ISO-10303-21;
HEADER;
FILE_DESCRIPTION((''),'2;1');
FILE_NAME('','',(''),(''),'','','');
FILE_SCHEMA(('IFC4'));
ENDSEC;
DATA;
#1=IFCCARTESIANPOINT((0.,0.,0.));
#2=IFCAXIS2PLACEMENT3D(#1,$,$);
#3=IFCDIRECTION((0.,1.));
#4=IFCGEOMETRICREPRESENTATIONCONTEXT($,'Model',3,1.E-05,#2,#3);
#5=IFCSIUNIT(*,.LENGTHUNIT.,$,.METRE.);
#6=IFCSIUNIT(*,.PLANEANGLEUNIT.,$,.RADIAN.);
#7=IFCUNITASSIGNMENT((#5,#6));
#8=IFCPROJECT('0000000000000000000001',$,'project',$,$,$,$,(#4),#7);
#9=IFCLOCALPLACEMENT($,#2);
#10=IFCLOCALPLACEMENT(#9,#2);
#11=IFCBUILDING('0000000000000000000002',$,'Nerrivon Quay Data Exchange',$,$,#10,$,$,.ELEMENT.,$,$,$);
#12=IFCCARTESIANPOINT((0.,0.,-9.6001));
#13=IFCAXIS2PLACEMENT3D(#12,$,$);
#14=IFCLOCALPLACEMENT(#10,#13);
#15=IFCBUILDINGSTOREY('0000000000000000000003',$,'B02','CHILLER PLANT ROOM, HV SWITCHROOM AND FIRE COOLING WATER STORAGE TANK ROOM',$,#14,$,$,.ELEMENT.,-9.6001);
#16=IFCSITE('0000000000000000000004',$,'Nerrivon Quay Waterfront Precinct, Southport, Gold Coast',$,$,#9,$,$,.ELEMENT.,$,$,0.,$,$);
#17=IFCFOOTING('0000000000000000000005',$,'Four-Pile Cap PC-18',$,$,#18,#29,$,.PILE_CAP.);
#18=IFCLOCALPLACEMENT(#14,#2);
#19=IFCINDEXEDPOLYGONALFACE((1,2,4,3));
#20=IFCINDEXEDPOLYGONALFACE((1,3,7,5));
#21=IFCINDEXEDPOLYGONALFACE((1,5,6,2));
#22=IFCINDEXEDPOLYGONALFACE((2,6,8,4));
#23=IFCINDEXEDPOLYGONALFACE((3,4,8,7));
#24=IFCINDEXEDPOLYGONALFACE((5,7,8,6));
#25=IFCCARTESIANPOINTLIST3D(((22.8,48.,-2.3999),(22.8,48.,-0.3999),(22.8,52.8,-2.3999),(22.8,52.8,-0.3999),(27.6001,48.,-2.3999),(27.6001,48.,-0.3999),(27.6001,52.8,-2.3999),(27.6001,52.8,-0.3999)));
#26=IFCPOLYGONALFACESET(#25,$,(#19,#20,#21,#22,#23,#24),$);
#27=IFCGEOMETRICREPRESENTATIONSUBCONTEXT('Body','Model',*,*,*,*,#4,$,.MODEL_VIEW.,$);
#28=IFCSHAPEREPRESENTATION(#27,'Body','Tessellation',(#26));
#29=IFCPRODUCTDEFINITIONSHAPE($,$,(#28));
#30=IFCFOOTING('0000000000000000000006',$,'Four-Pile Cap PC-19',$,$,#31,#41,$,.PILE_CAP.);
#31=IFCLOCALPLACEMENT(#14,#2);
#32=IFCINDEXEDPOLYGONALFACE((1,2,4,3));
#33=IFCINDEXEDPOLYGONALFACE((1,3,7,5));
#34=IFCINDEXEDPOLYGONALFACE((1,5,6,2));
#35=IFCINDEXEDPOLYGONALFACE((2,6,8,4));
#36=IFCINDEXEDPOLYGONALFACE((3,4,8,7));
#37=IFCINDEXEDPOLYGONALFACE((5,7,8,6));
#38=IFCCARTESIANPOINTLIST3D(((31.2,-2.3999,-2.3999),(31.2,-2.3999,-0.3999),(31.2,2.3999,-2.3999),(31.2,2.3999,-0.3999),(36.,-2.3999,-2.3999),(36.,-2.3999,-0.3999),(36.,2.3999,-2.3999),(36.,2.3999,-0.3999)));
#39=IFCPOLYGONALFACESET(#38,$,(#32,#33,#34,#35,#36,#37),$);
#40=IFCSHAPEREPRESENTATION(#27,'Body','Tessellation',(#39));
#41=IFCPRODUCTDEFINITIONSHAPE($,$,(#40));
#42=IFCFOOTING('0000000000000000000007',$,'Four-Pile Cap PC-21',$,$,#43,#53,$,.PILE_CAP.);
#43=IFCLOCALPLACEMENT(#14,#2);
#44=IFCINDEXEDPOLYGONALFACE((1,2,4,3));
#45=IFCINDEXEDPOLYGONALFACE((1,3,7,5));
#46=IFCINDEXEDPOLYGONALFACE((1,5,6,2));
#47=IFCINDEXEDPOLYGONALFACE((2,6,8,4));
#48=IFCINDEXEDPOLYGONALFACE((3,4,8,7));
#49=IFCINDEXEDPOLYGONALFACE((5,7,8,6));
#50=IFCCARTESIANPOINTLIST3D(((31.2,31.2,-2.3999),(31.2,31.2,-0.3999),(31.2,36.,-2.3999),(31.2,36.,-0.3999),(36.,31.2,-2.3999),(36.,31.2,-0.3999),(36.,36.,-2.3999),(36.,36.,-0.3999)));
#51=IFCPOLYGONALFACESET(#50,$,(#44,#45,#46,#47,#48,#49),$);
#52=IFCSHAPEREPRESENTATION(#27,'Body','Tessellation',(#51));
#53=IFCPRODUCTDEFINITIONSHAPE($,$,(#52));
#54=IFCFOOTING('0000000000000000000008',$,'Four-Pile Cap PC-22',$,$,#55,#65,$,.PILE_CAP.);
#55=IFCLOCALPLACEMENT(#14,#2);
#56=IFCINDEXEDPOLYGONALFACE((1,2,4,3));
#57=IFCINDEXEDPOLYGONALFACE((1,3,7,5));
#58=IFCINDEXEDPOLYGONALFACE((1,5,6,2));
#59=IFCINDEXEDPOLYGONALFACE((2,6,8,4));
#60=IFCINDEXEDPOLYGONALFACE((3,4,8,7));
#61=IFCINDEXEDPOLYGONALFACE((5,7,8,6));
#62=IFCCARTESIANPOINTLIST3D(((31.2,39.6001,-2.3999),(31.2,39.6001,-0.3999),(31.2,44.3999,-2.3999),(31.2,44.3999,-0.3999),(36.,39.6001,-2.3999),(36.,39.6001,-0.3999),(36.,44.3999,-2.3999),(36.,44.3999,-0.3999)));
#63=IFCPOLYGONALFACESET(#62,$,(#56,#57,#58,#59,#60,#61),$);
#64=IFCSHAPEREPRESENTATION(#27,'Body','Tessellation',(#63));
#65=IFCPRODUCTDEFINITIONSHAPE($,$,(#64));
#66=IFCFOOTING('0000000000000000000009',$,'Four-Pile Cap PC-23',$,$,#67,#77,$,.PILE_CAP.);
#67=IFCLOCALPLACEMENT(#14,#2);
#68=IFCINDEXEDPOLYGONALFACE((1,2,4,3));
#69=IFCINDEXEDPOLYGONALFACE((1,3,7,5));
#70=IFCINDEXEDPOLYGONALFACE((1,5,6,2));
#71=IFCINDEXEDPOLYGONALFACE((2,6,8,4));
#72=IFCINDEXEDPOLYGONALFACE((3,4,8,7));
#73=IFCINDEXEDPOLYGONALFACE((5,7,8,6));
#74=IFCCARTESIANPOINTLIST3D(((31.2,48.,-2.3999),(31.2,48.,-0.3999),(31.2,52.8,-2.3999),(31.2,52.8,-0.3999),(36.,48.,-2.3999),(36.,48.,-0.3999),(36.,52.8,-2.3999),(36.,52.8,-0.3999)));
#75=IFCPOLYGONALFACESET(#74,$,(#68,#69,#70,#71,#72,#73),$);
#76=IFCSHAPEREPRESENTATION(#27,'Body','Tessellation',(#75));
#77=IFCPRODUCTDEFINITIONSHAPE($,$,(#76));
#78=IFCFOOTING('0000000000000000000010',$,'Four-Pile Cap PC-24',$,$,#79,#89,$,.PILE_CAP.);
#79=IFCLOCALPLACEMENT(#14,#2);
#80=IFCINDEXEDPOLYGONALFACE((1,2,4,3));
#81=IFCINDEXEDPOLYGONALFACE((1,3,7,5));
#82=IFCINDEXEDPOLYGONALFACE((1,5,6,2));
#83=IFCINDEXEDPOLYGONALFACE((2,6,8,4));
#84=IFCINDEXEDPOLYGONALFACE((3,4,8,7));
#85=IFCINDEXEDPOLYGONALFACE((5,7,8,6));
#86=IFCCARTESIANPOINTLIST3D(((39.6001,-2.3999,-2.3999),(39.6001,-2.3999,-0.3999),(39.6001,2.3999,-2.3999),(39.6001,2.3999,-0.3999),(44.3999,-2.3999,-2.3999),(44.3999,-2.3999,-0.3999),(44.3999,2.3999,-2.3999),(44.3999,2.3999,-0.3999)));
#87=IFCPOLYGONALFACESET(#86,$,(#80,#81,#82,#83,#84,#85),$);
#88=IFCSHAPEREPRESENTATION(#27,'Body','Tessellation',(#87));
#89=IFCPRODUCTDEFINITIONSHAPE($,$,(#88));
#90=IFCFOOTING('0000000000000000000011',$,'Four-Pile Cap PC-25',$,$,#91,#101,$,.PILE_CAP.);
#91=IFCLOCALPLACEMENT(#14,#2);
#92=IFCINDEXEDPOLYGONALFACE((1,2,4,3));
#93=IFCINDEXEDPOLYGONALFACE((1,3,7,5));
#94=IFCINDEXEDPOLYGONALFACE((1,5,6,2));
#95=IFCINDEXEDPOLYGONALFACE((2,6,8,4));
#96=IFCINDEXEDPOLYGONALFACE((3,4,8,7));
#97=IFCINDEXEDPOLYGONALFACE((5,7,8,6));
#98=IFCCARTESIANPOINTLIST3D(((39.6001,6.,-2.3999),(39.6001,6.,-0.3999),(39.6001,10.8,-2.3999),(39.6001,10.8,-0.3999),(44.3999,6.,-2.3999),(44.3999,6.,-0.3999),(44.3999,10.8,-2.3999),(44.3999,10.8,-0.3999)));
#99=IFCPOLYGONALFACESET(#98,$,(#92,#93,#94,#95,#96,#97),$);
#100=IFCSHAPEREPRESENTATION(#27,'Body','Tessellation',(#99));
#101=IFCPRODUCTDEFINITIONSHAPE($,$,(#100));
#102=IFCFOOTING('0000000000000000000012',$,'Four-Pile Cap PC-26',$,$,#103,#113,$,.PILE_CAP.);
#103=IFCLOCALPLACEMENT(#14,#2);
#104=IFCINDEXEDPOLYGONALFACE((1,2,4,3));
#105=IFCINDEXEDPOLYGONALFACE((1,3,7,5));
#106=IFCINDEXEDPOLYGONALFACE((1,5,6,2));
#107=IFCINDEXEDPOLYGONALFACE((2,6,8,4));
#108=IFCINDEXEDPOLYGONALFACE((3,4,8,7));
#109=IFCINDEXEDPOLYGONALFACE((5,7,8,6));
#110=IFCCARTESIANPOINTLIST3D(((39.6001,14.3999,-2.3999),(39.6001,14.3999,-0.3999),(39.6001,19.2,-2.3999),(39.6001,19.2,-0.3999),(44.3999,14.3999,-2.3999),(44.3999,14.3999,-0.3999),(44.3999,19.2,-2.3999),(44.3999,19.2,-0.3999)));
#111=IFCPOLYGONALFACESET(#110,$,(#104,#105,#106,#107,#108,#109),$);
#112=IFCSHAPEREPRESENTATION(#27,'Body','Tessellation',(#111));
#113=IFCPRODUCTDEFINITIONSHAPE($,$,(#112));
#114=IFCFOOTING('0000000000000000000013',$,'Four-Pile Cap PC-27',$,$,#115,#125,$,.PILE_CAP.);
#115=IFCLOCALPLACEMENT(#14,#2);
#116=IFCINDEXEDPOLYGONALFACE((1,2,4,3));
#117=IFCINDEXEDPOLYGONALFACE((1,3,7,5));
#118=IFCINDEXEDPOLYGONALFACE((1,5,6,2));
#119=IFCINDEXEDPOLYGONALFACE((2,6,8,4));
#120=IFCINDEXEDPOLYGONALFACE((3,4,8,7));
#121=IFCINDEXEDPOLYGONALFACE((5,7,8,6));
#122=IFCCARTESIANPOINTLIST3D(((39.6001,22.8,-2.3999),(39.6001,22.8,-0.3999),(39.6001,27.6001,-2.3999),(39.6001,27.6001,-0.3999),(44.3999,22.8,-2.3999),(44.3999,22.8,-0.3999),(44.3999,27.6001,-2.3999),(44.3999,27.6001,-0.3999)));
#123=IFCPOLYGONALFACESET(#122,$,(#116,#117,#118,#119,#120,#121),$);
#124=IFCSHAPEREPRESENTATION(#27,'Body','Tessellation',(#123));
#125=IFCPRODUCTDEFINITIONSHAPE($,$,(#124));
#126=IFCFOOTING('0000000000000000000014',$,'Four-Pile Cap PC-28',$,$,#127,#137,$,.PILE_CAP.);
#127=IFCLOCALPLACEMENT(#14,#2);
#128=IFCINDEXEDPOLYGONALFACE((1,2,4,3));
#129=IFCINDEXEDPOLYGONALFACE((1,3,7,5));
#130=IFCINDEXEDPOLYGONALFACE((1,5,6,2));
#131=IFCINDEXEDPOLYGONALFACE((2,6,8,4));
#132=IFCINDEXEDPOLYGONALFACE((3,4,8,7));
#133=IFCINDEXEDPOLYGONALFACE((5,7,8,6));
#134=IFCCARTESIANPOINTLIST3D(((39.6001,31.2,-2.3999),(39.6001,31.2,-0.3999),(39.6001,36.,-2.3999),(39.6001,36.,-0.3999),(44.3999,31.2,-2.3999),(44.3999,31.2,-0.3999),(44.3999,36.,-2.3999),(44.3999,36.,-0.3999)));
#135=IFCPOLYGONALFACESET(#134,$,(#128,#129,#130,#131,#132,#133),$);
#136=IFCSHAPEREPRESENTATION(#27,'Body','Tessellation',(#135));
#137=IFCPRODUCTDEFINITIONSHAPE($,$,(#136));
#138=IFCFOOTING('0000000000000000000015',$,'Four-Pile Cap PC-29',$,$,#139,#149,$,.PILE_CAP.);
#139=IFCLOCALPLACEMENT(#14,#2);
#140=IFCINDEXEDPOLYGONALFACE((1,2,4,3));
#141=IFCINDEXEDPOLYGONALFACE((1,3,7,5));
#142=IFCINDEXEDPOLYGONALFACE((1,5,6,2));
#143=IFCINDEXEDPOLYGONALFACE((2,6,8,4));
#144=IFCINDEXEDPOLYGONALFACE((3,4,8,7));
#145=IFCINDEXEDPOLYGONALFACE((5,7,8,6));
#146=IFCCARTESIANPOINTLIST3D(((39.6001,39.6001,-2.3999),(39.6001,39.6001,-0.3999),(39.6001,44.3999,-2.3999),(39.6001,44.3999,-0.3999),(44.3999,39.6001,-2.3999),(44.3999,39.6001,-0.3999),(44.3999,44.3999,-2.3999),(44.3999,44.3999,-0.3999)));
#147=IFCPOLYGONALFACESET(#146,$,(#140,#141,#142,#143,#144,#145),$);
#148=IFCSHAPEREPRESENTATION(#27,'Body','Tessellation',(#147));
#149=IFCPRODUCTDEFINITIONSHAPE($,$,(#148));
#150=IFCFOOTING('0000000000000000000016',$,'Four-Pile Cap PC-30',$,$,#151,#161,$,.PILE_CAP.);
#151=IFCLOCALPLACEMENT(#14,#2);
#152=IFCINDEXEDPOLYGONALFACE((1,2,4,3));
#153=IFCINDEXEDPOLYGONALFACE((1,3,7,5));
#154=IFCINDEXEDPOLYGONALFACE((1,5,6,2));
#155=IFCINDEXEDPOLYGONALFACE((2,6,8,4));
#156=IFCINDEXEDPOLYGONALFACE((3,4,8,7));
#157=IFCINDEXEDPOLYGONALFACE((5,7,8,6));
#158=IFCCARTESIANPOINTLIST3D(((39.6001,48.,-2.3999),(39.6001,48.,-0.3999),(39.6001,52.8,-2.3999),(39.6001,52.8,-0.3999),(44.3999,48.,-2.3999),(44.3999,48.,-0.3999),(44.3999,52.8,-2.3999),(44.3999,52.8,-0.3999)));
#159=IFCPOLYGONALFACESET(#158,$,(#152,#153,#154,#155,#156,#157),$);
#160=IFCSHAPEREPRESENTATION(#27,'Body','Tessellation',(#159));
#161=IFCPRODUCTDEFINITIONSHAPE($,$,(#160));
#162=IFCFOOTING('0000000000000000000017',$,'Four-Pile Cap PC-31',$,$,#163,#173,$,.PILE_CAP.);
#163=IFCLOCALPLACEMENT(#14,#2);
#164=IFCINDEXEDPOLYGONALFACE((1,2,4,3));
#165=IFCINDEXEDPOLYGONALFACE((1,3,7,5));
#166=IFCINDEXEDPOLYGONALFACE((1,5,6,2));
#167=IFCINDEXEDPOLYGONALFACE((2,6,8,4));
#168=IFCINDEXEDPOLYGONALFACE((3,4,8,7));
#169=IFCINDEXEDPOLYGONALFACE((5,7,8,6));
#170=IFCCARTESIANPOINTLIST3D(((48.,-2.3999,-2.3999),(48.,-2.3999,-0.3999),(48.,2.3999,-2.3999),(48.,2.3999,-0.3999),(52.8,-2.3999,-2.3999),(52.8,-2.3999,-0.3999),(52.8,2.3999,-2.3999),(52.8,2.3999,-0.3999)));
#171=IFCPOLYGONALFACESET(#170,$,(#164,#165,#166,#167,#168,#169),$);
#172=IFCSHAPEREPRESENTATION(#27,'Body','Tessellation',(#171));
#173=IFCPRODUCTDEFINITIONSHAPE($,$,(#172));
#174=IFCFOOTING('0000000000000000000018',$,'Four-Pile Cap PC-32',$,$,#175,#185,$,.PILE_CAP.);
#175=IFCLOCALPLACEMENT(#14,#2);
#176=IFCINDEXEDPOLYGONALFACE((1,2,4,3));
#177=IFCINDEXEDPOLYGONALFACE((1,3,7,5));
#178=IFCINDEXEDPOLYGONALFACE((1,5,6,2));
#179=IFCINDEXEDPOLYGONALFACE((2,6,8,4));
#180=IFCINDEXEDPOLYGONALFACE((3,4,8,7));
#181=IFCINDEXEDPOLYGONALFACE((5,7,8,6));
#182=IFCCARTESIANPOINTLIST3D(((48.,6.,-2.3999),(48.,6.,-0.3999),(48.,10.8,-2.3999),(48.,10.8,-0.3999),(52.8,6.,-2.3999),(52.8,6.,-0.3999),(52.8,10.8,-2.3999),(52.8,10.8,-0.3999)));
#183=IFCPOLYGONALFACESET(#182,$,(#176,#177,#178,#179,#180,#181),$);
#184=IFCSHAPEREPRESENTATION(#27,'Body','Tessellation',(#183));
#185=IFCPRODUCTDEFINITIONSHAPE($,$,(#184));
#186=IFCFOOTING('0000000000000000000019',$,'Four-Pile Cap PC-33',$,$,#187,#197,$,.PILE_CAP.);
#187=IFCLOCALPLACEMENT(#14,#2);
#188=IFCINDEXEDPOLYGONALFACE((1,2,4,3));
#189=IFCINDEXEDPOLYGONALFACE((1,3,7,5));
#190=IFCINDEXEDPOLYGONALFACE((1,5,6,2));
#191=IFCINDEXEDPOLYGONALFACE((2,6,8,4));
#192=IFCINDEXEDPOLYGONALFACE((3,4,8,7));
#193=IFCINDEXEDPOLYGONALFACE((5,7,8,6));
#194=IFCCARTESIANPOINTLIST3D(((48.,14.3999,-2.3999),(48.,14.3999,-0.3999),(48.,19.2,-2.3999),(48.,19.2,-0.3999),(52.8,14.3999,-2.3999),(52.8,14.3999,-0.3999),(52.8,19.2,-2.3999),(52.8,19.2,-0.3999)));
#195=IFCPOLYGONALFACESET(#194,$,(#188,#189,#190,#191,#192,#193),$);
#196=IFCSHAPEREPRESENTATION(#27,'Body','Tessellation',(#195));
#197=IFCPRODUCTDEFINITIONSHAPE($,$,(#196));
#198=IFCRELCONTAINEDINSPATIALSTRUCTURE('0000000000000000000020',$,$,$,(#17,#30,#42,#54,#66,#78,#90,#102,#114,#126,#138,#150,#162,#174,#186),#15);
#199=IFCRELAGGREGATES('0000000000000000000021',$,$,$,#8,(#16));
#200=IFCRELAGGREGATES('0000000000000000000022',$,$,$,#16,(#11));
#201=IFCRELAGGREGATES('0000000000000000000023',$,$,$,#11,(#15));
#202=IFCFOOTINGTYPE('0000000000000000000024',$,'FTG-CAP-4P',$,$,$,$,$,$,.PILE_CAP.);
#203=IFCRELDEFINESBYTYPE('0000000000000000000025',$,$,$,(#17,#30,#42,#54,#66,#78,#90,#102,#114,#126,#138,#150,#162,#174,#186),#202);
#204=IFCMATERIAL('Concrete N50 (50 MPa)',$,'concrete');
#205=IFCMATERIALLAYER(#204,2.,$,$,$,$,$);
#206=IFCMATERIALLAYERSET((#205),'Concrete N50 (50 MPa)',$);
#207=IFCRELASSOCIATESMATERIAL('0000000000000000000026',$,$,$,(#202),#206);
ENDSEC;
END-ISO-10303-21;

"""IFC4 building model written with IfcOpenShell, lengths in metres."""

from ifc_helpers import new_model, si_unit, direction, frame, origin, place, context, subcontext, project, spatial, polyline, outline, extrude, material, layer, layer_set, type_object, element, save


model = new_model("IFC4")

# Units and contexts
model_context = context("Model", 3, precision=1e-05, world=origin(), true_north=direction((0.0, 1.0)))
body_context = subcontext(model_context, "Body", "Model", "MODEL_VIEW")
ifc_project = project(units=[si_unit("LENGTHUNIT", "METRE"), si_unit("PLANEANGLEUNIT", "RADIAN")], contexts=[model_context])

# Site, building, storey
site_placement = place(None, origin())
site = spatial("IfcSite", under=ifc_project, at=site_placement, Name="Nerrivon Quay Waterfront Precinct, Southport, Gold Coast", CompositionType="ELEMENT", RefElevation=0.0)
building_placement = place(site_placement, origin())
building = spatial("IfcBuilding", under=site, at=building_placement, Name="Nerrivon Quay Data Exchange", CompositionType="ELEMENT")
storey_placement = place(building_placement, frame((0.0, 0.0, -9.6001)))
storey = spatial("IfcBuildingStorey", under=building, at=storey_placement, Name="B02", Description="CHILLER PLANT ROOM, HV SWITCHROOM AND FIRE COOLING WATER STORAGE TANK ROOM", CompositionType="ELEMENT", Elevation=-9.6001)

# Footings
ifc_material = material(Name="Concrete N50 (50 MPa)", Category="concrete")
ifc_layer_1 = layer(ifc_material, 2.0)
ifc_layer_set_1 = layer_set([ifc_layer_1], Name="Concrete N50 (50 MPa)")
footing_type_1 = type_object("IfcFootingType", Name="FTG-CAP-4P", PredefinedType="PILE_CAP", material=ifc_layer_set_1)
footing_1_placement = place(storey_placement, frame((0.0, 0.0, -2.3999)))
element("IfcFooting", 1, at=footing_1_placement, inside=storey, type_object=footing_type_1, Name="Four-Pile Cap PC-18", PredefinedType="PILE_CAP", context=body_context, shape_type="SweptSolid", body=[
    extrude(outline(polyline([(22.8, 48.0), (27.6001, 48.0), (27.6001, 52.8), (22.8, 52.8), (22.8, 48.0)])), origin(), (0.0, 0.0, 1.0), 2.0),
])
footing_2_placement = place(storey_placement, frame((0.0, 0.0, -2.3999)))
element("IfcFooting", 2, at=footing_2_placement, inside=storey, type_object=footing_type_1, Name="Four-Pile Cap PC-19", PredefinedType="PILE_CAP", context=body_context, shape_type="SweptSolid", body=[
    extrude(outline(polyline([(31.2, -2.3999), (36.0, -2.3999), (36.0, 2.3999), (31.2, 2.3999), (31.2, -2.3999)])), origin(), (0.0, 0.0, 1.0), 2.0),
])
footing_3_placement = place(storey_placement, frame((0.0, 0.0, -2.3999)))
element("IfcFooting", 3, at=footing_3_placement, inside=storey, type_object=footing_type_1, Name="Four-Pile Cap PC-21", PredefinedType="PILE_CAP", context=body_context, shape_type="SweptSolid", body=[
    extrude(outline(polyline([(31.2, 31.2), (36.0, 31.2), (36.0, 36.0), (31.2, 36.0), (31.2, 31.2)])), origin(), (0.0, 0.0, 1.0), 2.0),
])
footing_4_placement = place(storey_placement, frame((0.0, 0.0, -2.3999)))
element("IfcFooting", 4, at=footing_4_placement, inside=storey, type_object=footing_type_1, Name="Four-Pile Cap PC-22", PredefinedType="PILE_CAP", context=body_context, shape_type="SweptSolid", body=[
    extrude(outline(polyline([(31.2, 39.6001), (36.0, 39.6001), (36.0, 44.3999), (31.2, 44.3999), (31.2, 39.6001)])), origin(), (0.0, 0.0, 1.0), 2.0),
])
footing_5_placement = place(storey_placement, frame((0.0, 0.0, -2.3999)))
element("IfcFooting", 5, at=footing_5_placement, inside=storey, type_object=footing_type_1, Name="Four-Pile Cap PC-23", PredefinedType="PILE_CAP", context=body_context, shape_type="SweptSolid", body=[
    extrude(outline(polyline([(31.2, 48.0), (36.0, 48.0), (36.0, 52.8), (31.2, 52.8), (31.2, 48.0)])), origin(), (0.0, 0.0, 1.0), 2.0),
])
footing_6_placement = place(storey_placement, frame((0.0, 0.0, -2.3999)))
element("IfcFooting", 6, at=footing_6_placement, inside=storey, type_object=footing_type_1, Name="Four-Pile Cap PC-24", PredefinedType="PILE_CAP", context=body_context, shape_type="SweptSolid", body=[
    extrude(outline(polyline([(39.6001, -2.3999), (44.3999, -2.3999), (44.3999, 2.3999), (39.6001, 2.3999), (39.6001, -2.3999)])), origin(), (0.0, 0.0, 1.0), 2.0),
])
footing_7_placement = place(storey_placement, frame((0.0, 0.0, -2.3999)))
element("IfcFooting", 7, at=footing_7_placement, inside=storey, type_object=footing_type_1, Name="Four-Pile Cap PC-25", PredefinedType="PILE_CAP", context=body_context, shape_type="SweptSolid", body=[
    extrude(outline(polyline([(39.6001, 6.0), (44.3999, 6.0), (44.3999, 10.8), (39.6001, 10.8), (39.6001, 6.0)])), origin(), (0.0, 0.0, 1.0), 2.0),
])
footing_8_placement = place(storey_placement, frame((0.0, 0.0, -2.3999)))
element("IfcFooting", 8, at=footing_8_placement, inside=storey, type_object=footing_type_1, Name="Four-Pile Cap PC-26", PredefinedType="PILE_CAP", context=body_context, shape_type="SweptSolid", body=[
    extrude(outline(polyline([(39.6001, 14.3999), (44.3999, 14.3999), (44.3999, 19.2), (39.6001, 19.2), (39.6001, 14.3999)])), origin(), (0.0, 0.0, 1.0), 2.0),
])
footing_9_placement = place(storey_placement, frame((0.0, 0.0, -2.3999)))
element("IfcFooting", 9, at=footing_9_placement, inside=storey, type_object=footing_type_1, Name="Four-Pile Cap PC-27", PredefinedType="PILE_CAP", context=body_context, shape_type="SweptSolid", body=[
    extrude(outline(polyline([(39.6001, 22.8), (44.3999, 22.8), (44.3999, 27.6001), (39.6001, 27.6001), (39.6001, 22.8)])), origin(), (0.0, 0.0, 1.0), 2.0),
])
footing_10_placement = place(storey_placement, frame((0.0, 0.0, -2.3999)))
element("IfcFooting", 10, at=footing_10_placement, inside=storey, type_object=footing_type_1, Name="Four-Pile Cap PC-28", PredefinedType="PILE_CAP", context=body_context, shape_type="SweptSolid", body=[
    extrude(outline(polyline([(39.6001, 31.2), (44.3999, 31.2), (44.3999, 36.0), (39.6001, 36.0), (39.6001, 31.2)])), origin(), (0.0, 0.0, 1.0), 2.0),
])
footing_11_placement = place(storey_placement, frame((0.0, 0.0, -2.3999)))
element("IfcFooting", 11, at=footing_11_placement, inside=storey, type_object=footing_type_1, Name="Four-Pile Cap PC-29", PredefinedType="PILE_CAP", context=body_context, shape_type="SweptSolid", body=[
    extrude(outline(polyline([(39.6001, 39.6001), (44.3999, 39.6001), (44.3999, 44.3999), (39.6001, 44.3999), (39.6001, 39.6001)])), origin(), (0.0, 0.0, 1.0), 2.0),
])
footing_12_placement = place(storey_placement, frame((0.0, 0.0, -2.3999)))
element("IfcFooting", 12, at=footing_12_placement, inside=storey, type_object=footing_type_1, Name="Four-Pile Cap PC-30", PredefinedType="PILE_CAP", context=body_context, shape_type="SweptSolid", body=[
    extrude(outline(polyline([(39.6001, 48.0), (44.3999, 48.0), (44.3999, 52.8), (39.6001, 52.8), (39.6001, 48.0)])), origin(), (0.0, 0.0, 1.0), 2.0),
])
footing_13_placement = place(storey_placement, frame((0.0, 0.0, -2.3999)))
element("IfcFooting", 13, at=footing_13_placement, inside=storey, type_object=footing_type_1, Name="Four-Pile Cap PC-31", PredefinedType="PILE_CAP", context=body_context, shape_type="SweptSolid", body=[
    extrude(outline(polyline([(48.0, -2.3999), (52.8, -2.3999), (52.8, 2.3999), (48.0, 2.3999), (48.0, -2.3999)])), origin(), (0.0, 0.0, 1.0), 2.0),
])
footing_14_placement = place(storey_placement, frame((0.0, 0.0, -2.3999)))
element("IfcFooting", 14, at=footing_14_placement, inside=storey, type_object=footing_type_1, Name="Four-Pile Cap PC-32", PredefinedType="PILE_CAP", context=body_context, shape_type="SweptSolid", body=[
    extrude(outline(polyline([(48.0, 6.0), (52.8, 6.0), (52.8, 10.8), (48.0, 10.8), (48.0, 6.0)])), origin(), (0.0, 0.0, 1.0), 2.0),
])
footing_15_placement = place(storey_placement, frame((0.0, 0.0, -2.3999)))
element("IfcFooting", 15, at=footing_15_placement, inside=storey, type_object=footing_type_1, Name="Four-Pile Cap PC-33", PredefinedType="PILE_CAP", context=body_context, shape_type="SweptSolid", body=[
    extrude(outline(polyline([(48.0, 14.3999), (52.8, 14.3999), (52.8, 19.2), (48.0, 19.2), (48.0, 14.3999)])), origin(), (0.0, 0.0, 1.0), 2.0),
])

save(model, "model.ifc")
